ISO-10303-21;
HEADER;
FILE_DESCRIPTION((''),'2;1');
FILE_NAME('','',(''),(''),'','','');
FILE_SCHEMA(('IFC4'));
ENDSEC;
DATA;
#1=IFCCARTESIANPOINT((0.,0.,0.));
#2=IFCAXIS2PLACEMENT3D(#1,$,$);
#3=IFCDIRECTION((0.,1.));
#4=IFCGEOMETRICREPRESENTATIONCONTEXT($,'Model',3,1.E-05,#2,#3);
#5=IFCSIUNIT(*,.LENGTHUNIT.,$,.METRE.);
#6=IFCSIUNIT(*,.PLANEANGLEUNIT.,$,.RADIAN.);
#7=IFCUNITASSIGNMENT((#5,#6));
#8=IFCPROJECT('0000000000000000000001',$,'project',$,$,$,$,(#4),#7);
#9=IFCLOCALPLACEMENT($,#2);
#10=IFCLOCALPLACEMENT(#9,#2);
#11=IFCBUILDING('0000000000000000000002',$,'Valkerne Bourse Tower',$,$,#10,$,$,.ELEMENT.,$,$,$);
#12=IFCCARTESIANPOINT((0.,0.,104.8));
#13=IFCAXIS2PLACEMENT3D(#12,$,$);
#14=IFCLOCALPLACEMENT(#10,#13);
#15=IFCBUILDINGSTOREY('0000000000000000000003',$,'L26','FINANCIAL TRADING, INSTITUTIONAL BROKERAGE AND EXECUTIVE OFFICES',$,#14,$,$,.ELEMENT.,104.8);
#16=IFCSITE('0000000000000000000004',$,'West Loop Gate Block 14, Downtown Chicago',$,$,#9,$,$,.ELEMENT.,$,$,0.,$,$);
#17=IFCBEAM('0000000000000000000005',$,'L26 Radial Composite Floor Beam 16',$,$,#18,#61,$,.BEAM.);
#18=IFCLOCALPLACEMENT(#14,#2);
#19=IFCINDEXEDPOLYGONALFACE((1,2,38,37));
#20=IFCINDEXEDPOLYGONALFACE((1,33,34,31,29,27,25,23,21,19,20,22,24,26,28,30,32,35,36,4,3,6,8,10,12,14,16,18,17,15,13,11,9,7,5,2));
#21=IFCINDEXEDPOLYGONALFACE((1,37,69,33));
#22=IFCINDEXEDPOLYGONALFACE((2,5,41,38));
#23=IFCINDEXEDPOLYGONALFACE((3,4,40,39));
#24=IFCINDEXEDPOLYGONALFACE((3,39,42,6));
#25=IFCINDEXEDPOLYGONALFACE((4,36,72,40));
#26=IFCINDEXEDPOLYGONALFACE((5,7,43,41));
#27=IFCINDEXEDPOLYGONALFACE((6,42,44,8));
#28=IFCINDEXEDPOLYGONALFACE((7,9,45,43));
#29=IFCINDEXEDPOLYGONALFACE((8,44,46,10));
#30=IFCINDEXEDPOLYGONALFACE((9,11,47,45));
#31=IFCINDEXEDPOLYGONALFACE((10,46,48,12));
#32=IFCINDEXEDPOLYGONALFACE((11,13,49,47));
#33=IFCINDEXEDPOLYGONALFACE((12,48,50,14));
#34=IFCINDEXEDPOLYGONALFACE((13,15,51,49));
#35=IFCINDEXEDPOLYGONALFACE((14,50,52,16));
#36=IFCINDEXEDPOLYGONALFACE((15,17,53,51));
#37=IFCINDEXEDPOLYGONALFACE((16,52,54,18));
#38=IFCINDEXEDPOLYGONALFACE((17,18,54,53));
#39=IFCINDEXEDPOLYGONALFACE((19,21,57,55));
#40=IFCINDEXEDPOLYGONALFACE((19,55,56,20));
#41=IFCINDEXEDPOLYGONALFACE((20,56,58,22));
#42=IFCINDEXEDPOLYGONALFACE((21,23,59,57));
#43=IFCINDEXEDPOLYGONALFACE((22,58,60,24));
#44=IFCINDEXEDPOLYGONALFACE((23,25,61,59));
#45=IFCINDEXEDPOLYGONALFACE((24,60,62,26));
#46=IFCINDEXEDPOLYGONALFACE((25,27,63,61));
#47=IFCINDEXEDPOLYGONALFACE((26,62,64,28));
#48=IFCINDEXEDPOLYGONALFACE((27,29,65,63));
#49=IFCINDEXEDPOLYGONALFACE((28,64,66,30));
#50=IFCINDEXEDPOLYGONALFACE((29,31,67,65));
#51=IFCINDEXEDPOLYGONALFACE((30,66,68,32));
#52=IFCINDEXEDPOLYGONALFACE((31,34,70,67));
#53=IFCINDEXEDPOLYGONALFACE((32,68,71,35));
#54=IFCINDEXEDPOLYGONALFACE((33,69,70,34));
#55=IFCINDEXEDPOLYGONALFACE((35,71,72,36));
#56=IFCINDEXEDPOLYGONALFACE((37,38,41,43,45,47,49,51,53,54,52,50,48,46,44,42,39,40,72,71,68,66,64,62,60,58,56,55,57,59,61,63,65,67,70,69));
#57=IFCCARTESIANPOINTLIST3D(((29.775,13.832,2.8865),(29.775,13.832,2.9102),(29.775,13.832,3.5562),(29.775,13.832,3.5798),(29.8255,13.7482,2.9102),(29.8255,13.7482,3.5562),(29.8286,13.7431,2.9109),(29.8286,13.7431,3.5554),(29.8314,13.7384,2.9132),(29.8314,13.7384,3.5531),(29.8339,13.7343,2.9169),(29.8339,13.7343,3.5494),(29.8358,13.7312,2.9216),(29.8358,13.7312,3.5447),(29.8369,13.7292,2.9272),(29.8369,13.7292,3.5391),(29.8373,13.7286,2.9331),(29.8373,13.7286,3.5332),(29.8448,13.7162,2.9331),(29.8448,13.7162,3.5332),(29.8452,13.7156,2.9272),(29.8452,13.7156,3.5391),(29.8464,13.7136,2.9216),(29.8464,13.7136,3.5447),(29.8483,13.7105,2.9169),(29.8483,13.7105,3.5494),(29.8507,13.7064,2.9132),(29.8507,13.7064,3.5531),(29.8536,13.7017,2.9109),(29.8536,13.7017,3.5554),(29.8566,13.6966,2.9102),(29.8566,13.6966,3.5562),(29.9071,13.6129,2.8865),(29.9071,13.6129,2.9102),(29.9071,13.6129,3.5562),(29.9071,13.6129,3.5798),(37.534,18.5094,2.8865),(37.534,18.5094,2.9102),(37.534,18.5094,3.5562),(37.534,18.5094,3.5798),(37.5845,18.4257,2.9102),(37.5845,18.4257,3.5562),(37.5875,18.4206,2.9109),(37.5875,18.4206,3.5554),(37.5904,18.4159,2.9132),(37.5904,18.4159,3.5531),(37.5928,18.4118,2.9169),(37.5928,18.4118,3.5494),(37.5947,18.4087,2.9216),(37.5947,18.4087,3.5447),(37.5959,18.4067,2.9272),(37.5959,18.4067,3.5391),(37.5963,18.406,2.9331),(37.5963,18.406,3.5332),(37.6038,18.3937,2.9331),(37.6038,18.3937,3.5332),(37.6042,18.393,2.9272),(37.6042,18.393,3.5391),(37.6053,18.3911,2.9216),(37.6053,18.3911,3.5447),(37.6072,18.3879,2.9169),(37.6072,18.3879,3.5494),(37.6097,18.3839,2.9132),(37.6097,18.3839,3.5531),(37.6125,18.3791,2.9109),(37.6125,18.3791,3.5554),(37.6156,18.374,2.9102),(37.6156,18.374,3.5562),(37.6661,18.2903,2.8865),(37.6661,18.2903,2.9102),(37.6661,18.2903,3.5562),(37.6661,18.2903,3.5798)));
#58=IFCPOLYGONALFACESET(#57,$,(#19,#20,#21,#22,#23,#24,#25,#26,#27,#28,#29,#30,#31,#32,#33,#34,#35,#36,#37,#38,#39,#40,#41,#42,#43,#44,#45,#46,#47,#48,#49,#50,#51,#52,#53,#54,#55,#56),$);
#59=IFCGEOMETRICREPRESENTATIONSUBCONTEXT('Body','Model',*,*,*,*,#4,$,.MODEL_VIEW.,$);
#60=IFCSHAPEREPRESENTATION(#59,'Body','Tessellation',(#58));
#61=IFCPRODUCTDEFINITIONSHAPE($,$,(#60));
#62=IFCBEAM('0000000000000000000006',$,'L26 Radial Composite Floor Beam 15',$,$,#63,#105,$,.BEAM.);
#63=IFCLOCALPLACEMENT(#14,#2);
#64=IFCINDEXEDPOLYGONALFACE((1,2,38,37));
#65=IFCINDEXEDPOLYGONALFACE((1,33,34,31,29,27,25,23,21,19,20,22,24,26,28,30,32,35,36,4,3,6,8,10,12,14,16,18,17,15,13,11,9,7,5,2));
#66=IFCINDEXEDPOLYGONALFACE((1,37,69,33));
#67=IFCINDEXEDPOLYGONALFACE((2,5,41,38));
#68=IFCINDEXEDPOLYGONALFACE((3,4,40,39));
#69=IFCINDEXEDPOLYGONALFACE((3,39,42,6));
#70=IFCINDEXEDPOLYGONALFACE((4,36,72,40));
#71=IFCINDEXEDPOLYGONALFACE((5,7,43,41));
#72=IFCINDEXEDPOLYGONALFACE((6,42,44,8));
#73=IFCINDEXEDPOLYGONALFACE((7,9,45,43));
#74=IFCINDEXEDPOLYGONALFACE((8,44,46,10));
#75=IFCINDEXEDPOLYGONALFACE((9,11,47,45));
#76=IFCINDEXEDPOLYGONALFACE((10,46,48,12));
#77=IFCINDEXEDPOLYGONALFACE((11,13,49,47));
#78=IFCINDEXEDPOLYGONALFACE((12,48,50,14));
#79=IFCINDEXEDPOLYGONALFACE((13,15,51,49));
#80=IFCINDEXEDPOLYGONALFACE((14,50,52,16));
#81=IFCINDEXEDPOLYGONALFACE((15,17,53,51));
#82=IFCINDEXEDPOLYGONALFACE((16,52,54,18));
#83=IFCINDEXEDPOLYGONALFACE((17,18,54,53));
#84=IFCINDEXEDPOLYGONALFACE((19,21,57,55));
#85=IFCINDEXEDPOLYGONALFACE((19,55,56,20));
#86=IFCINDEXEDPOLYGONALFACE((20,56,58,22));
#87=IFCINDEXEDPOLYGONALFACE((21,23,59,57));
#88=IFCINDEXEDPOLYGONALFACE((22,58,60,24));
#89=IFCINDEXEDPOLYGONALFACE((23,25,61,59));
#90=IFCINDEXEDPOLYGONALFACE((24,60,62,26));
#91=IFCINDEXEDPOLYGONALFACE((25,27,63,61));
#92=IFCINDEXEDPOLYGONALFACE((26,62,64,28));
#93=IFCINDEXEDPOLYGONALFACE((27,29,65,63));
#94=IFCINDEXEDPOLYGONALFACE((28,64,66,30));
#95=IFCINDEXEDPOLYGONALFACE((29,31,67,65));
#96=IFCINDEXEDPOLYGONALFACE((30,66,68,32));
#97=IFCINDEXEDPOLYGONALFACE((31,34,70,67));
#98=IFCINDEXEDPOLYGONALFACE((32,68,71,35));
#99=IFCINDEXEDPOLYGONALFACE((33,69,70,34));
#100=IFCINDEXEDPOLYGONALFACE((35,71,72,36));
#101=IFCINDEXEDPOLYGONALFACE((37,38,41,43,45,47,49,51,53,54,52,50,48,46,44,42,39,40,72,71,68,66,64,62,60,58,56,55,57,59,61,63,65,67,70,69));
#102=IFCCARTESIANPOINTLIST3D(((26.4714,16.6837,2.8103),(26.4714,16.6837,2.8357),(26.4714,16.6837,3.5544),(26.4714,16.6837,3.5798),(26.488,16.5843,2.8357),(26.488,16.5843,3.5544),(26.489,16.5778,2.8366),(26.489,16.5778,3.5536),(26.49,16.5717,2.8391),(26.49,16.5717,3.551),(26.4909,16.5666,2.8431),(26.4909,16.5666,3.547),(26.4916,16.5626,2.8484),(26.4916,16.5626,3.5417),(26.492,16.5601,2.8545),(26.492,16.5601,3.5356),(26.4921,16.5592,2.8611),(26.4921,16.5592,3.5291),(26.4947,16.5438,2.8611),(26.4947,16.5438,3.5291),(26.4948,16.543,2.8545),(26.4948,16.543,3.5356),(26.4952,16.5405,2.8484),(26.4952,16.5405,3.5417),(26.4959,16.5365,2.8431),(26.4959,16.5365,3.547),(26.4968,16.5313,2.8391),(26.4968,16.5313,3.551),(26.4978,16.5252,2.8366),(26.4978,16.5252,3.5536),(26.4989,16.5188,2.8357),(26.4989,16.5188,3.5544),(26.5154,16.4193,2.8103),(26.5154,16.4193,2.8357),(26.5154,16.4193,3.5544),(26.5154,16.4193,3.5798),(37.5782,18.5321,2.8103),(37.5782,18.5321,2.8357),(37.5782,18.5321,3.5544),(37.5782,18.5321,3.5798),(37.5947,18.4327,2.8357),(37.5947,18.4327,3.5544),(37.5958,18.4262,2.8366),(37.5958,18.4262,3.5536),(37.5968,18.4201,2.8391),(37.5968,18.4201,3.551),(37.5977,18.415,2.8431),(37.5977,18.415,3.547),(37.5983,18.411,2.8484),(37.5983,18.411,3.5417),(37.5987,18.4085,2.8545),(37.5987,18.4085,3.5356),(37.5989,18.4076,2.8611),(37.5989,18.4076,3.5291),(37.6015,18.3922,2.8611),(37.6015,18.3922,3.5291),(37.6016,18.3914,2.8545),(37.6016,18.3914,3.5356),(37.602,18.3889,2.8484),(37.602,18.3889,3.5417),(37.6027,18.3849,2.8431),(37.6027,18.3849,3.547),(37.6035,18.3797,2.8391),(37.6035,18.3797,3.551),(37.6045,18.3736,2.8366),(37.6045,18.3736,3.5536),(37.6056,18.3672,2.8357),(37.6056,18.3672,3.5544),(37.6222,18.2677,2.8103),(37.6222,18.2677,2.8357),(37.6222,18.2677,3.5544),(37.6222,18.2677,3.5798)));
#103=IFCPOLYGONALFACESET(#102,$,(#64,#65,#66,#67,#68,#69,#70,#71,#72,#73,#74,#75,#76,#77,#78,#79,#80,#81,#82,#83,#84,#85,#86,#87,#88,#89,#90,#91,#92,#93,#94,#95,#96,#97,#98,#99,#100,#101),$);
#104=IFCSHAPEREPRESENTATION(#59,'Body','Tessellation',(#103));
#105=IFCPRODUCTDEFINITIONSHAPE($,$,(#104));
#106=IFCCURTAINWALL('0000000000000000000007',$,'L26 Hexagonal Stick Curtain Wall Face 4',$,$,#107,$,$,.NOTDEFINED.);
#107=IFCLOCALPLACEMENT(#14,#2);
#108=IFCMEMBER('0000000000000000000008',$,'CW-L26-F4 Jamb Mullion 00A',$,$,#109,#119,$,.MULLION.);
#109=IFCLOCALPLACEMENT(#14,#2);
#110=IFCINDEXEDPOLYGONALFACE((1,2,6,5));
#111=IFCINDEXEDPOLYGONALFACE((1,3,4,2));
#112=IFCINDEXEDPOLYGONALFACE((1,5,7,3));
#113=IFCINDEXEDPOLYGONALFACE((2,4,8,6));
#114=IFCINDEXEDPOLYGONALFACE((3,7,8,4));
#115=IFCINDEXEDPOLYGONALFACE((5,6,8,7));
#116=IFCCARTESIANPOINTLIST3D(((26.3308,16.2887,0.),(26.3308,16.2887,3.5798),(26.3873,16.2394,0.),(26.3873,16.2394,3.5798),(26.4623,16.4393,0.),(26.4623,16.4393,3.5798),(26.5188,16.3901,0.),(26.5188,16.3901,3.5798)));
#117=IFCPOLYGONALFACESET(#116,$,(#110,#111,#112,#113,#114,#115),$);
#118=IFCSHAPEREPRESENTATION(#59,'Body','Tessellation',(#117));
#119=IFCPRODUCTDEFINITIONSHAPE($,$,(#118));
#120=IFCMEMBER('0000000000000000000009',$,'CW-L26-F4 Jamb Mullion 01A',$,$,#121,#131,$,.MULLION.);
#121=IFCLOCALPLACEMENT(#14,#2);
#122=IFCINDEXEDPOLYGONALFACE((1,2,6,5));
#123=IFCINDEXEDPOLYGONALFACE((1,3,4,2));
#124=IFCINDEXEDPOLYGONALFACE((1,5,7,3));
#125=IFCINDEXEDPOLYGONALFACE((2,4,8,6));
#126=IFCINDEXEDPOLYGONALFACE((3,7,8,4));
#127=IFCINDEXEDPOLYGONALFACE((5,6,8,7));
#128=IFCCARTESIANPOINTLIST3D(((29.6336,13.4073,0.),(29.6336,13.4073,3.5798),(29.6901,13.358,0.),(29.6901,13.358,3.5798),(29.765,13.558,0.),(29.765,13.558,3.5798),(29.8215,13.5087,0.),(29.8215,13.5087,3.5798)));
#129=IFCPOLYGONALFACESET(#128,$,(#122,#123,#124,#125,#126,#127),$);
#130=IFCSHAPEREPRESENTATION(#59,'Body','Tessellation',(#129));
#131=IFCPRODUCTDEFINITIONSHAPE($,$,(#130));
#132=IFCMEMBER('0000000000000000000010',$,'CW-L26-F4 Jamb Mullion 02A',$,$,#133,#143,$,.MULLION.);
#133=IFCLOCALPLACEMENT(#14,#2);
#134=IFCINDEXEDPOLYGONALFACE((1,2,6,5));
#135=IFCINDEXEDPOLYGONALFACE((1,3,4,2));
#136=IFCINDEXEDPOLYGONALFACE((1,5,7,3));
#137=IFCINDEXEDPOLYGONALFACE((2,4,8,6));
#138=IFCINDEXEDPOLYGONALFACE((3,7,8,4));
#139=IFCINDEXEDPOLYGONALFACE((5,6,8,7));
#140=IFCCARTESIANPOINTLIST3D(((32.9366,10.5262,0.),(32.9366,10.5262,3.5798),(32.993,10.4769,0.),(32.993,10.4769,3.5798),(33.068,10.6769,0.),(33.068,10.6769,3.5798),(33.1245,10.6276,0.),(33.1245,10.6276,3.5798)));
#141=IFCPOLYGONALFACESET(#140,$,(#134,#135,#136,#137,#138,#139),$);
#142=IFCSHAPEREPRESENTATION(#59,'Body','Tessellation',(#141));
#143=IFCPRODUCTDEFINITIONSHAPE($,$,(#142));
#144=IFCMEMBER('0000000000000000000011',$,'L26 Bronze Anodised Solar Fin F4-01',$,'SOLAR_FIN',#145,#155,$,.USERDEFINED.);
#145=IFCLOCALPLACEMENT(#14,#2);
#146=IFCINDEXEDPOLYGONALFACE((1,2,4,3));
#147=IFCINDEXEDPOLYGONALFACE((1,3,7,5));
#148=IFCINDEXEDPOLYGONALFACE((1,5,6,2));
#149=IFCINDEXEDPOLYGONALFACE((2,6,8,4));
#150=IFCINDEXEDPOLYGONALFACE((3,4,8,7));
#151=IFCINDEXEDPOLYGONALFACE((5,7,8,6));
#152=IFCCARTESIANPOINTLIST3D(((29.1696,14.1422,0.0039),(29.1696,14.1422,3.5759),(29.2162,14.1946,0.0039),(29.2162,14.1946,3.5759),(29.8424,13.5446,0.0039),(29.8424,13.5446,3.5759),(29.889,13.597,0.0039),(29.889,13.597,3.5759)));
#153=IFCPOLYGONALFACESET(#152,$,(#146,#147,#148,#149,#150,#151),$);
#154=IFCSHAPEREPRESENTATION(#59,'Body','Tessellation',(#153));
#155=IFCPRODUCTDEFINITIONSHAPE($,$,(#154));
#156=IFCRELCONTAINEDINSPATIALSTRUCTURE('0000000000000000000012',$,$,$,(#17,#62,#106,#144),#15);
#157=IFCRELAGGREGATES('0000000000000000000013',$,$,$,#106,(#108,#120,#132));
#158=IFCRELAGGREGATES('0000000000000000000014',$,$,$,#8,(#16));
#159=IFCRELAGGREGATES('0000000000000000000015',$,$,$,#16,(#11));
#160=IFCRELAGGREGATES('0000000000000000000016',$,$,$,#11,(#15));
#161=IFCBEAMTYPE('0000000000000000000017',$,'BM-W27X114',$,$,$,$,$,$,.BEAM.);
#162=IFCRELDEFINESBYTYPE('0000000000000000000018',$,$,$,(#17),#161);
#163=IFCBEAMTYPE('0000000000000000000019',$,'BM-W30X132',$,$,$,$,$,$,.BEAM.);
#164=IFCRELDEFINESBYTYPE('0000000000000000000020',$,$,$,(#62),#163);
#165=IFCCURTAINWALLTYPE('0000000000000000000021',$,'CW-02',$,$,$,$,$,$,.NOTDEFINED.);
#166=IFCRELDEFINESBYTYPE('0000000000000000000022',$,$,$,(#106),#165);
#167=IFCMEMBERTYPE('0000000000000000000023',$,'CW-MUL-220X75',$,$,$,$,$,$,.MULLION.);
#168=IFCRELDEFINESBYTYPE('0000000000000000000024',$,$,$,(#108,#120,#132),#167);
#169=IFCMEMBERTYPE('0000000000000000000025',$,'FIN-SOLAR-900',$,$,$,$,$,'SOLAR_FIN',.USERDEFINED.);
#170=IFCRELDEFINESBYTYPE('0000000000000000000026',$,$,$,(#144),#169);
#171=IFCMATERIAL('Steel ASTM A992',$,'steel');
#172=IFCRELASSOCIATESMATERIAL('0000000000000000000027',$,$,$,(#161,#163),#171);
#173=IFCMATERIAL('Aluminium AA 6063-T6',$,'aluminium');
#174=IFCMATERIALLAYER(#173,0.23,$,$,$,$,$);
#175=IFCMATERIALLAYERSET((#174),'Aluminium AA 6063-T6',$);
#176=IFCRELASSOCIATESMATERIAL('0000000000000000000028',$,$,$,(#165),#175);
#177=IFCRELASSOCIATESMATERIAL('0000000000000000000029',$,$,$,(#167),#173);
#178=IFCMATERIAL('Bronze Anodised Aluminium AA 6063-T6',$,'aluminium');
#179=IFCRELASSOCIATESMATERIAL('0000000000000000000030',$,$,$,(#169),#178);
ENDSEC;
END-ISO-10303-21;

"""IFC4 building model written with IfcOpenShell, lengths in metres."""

from ifc_helpers import new_model, si_unit, direction, frame, origin, origin_2d, place, context, subcontext, project, spatial, rectangle, i_section, extrude, material, layer, layer_set, material_profile, profile_set, type_object, element, aggregate, save


model = new_model("IFC4")

# Units and contexts
model_context = context("Model", 3, precision=1e-05, world=origin(), true_north=direction((0.0, 1.0)))
body_context = subcontext(model_context, "Body", "Model", "MODEL_VIEW")
ifc_project = project(units=[si_unit("LENGTHUNIT", "METRE"), si_unit("PLANEANGLEUNIT", "RADIAN")], contexts=[model_context])

# Site, building, storey
site_placement = place(None, origin())
site = spatial("IfcSite", under=ifc_project, at=site_placement, Name="West Loop Gate Block 14, Downtown Chicago", CompositionType="ELEMENT", RefElevation=0.0)
building_placement = place(site_placement, origin())
building = spatial("IfcBuilding", under=site, at=building_placement, Name="Valkerne Bourse Tower", CompositionType="ELEMENT")
storey_placement = place(building_placement, frame((0.0, 0.0, 104.8)))
storey = spatial("IfcBuildingStorey", under=building, at=storey_placement, Name="L26", Description="FINANCIAL TRADING, INSTITUTIONAL BROKERAGE AND EXECUTIVE OFFICES", CompositionType="ELEMENT", Elevation=104.8)

# Beams
ifc_material_1 = material(Name="Steel ASTM A992", Category="steel")
ifc_material_profile_1 = material_profile(ifc_material_1, i_section(OverallWidth=0.2559, OverallDepth=0.6934, WebThickness=0.0144, FlangeThickness=0.0237, FilletRadius=0.0229, at=origin_2d()), Name="W27X114")
ifc_profile_set_1 = profile_set([ifc_material_profile_1], Name="Steel ASTM A992")
beam_type_1 = type_object("IfcBeamType", Name="BM-W27X114", PredefinedType="BEAM", material=ifc_profile_set_1)
beam_1_placement = place(storey_placement, frame((29.8411, 13.7224, 3.2332), z_axis=(0.856416, 0.516286, 0.0), x_axis=(-0.516286, 0.856416, 0.0)))
element("IfcBeam", 1, at=beam_1_placement, inside=storey, type_object=beam_type_1, Name="L26 Radial Composite Floor Beam 16", PredefinedType="BEAM", context=body_context, shape_type="SweptSolid", body=[
    extrude(i_section(OverallWidth=0.2559, OverallDepth=0.6934, WebThickness=0.0144, FlangeThickness=0.0237, FilletRadius=0.0229, at=origin_2d()), origin(), (0.0, 0.0, 1.0), 9.0598),
])
ifc_material_profile_2 = material_profile(ifc_material_1, i_section(OverallWidth=0.2681, OverallDepth=0.7695, WebThickness=0.0156, FlangeThickness=0.0254, FilletRadius=0.0254, at=origin_2d()), Name="W30X132")
ifc_profile_set_2 = profile_set([ifc_material_profile_2], Name="Steel ASTM A992")
beam_type_2 = type_object("IfcBeamType", Name="BM-W30X132", PredefinedType="BEAM", material=ifc_profile_set_2)
beam_2_placement = place(storey_placement, frame((26.4934, 16.5515, 3.1951), z_axis=(0.986433, 0.164163, 0.0), x_axis=(-0.164163, 0.986433, 0.0)))
element("IfcBeam", 2, at=beam_2_placement, inside=storey, type_object=beam_type_2, Name="L26 Radial Composite Floor Beam 15", PredefinedType="BEAM", context=body_context, shape_type="SweptSolid", body=[
    extrude(i_section(OverallWidth=0.2681, OverallDepth=0.7695, WebThickness=0.0156, FlangeThickness=0.0254, FilletRadius=0.0254, at=origin_2d()), origin(), (0.0, 0.0, 1.0), 11.2595),
])

# Curtain wall, members
ifc_material_2 = material(Name="Aluminium AA 6063-T6", Category="aluminium")
ifc_layer_1 = layer(ifc_material_2, 0.23)
ifc_layer_set_1 = layer_set([ifc_layer_1], Name="Aluminium AA 6063-T6")
curtain_wall_type = type_object("IfcCurtainWallType", Name="CW-02", PredefinedType="NOTDEFINED", material=ifc_layer_set_1)
curtain_wall_placement = place(storey_placement, origin())
curtain_wall = element("IfcCurtainWall", 3, at=curtain_wall_placement, inside=storey, type_object=curtain_wall_type, Name="L26 Hexagonal Stick Curtain Wall Face 4", PredefinedType="NOTDEFINED")
ifc_material_profile_3 = material_profile(ifc_material_2, rectangle(XDim=0.075, YDim=0.2, at=origin_2d()), Name="CWM-75X200")
ifc_profile_set_3 = profile_set([ifc_material_profile_3], Name="Aluminium AA 6063-T6")
member_type_1 = type_object("IfcMemberType", Name="CW-MUL-220X75", PredefinedType="MULLION", material=ifc_profile_set_3)
member_1_placement = place(storey_placement, frame((26.4248, 16.3394, 0.0), z_axis=(0.0, 0.0, 1.0), x_axis=(0.753564, -0.657375, 0.0)))
member_1 = element("IfcMember", 4, at=member_1_placement, type_object=member_type_1, Name="CW-L26-F4 Jamb Mullion 00A", PredefinedType="MULLION", context=body_context, shape_type="SweptSolid", body=[
    extrude(rectangle(XDim=0.075, YDim=0.2, at=origin_2d()), origin(), (0.0, 0.0, 1.0), 3.5798),
])
member_2_placement = place(storey_placement, frame((29.7275, 13.458, 0.0), z_axis=(0.0, 0.0, 1.0), x_axis=(0.753575, -0.657362, 0.0)))
member_2 = element("IfcMember", 5, at=member_2_placement, type_object=member_type_1, Name="CW-L26-F4 Jamb Mullion 01A", PredefinedType="MULLION", context=body_context, shape_type="SweptSolid", body=[
    extrude(rectangle(XDim=0.075, YDim=0.2, at=origin_2d()), origin(), (0.0, 0.0, 1.0), 3.5798),
])
member_3_placement = place(storey_placement, frame((33.0305, 10.5769, 0.0), z_axis=(0.0, 0.0, 1.0), x_axis=(0.753554, -0.657386, 0.0)))
member_3 = element("IfcMember", 6, at=member_3_placement, type_object=member_type_1, Name="CW-L26-F4 Jamb Mullion 02A", PredefinedType="MULLION", context=body_context, shape_type="SweptSolid", body=[
    extrude(rectangle(XDim=0.075, YDim=0.2, at=origin_2d()), origin(), (0.0, 0.0, 1.0), 3.5798),
])

# Member
ifc_material_3 = material(Name="Bronze Anodised Aluminium AA 6063-T6", Category="aluminium")
ifc_material_profile_4 = material_profile(ifc_material_3, rectangle(XDim=0.0701, YDim=0.8999, at=origin_2d()), Name="FIN-70X900")
ifc_profile_set_4 = profile_set([ifc_material_profile_4], Name="Bronze Anodised Aluminium AA 6063-T6")
member_type_2 = type_object("IfcMemberType", Name="FIN-SOLAR-900", ElementType="SOLAR_FIN", PredefinedType="USERDEFINED", material=ifc_profile_set_4)
member_4_placement = place(storey_placement, frame((29.5293, 13.8696, 0.0039), z_axis=(0.0, 0.0, 1.0), x_axis=(-0.664079, -0.747662, 0.0)))
element("IfcMember", 7, at=member_4_placement, inside=storey, type_object=member_type_2, Name="L26 Bronze Anodised Solar Fin F4-01", ObjectType="SOLAR_FIN", PredefinedType="USERDEFINED", context=body_context, shape_type="SweptSolid", body=[
    extrude(rectangle(XDim=0.0701, YDim=0.8999, at=origin_2d()), origin(), (0.0, 0.0, 1.0), 3.572),
])

aggregate(curtain_wall, [member_1, member_2, member_3])

save(model, "model.ifc")
